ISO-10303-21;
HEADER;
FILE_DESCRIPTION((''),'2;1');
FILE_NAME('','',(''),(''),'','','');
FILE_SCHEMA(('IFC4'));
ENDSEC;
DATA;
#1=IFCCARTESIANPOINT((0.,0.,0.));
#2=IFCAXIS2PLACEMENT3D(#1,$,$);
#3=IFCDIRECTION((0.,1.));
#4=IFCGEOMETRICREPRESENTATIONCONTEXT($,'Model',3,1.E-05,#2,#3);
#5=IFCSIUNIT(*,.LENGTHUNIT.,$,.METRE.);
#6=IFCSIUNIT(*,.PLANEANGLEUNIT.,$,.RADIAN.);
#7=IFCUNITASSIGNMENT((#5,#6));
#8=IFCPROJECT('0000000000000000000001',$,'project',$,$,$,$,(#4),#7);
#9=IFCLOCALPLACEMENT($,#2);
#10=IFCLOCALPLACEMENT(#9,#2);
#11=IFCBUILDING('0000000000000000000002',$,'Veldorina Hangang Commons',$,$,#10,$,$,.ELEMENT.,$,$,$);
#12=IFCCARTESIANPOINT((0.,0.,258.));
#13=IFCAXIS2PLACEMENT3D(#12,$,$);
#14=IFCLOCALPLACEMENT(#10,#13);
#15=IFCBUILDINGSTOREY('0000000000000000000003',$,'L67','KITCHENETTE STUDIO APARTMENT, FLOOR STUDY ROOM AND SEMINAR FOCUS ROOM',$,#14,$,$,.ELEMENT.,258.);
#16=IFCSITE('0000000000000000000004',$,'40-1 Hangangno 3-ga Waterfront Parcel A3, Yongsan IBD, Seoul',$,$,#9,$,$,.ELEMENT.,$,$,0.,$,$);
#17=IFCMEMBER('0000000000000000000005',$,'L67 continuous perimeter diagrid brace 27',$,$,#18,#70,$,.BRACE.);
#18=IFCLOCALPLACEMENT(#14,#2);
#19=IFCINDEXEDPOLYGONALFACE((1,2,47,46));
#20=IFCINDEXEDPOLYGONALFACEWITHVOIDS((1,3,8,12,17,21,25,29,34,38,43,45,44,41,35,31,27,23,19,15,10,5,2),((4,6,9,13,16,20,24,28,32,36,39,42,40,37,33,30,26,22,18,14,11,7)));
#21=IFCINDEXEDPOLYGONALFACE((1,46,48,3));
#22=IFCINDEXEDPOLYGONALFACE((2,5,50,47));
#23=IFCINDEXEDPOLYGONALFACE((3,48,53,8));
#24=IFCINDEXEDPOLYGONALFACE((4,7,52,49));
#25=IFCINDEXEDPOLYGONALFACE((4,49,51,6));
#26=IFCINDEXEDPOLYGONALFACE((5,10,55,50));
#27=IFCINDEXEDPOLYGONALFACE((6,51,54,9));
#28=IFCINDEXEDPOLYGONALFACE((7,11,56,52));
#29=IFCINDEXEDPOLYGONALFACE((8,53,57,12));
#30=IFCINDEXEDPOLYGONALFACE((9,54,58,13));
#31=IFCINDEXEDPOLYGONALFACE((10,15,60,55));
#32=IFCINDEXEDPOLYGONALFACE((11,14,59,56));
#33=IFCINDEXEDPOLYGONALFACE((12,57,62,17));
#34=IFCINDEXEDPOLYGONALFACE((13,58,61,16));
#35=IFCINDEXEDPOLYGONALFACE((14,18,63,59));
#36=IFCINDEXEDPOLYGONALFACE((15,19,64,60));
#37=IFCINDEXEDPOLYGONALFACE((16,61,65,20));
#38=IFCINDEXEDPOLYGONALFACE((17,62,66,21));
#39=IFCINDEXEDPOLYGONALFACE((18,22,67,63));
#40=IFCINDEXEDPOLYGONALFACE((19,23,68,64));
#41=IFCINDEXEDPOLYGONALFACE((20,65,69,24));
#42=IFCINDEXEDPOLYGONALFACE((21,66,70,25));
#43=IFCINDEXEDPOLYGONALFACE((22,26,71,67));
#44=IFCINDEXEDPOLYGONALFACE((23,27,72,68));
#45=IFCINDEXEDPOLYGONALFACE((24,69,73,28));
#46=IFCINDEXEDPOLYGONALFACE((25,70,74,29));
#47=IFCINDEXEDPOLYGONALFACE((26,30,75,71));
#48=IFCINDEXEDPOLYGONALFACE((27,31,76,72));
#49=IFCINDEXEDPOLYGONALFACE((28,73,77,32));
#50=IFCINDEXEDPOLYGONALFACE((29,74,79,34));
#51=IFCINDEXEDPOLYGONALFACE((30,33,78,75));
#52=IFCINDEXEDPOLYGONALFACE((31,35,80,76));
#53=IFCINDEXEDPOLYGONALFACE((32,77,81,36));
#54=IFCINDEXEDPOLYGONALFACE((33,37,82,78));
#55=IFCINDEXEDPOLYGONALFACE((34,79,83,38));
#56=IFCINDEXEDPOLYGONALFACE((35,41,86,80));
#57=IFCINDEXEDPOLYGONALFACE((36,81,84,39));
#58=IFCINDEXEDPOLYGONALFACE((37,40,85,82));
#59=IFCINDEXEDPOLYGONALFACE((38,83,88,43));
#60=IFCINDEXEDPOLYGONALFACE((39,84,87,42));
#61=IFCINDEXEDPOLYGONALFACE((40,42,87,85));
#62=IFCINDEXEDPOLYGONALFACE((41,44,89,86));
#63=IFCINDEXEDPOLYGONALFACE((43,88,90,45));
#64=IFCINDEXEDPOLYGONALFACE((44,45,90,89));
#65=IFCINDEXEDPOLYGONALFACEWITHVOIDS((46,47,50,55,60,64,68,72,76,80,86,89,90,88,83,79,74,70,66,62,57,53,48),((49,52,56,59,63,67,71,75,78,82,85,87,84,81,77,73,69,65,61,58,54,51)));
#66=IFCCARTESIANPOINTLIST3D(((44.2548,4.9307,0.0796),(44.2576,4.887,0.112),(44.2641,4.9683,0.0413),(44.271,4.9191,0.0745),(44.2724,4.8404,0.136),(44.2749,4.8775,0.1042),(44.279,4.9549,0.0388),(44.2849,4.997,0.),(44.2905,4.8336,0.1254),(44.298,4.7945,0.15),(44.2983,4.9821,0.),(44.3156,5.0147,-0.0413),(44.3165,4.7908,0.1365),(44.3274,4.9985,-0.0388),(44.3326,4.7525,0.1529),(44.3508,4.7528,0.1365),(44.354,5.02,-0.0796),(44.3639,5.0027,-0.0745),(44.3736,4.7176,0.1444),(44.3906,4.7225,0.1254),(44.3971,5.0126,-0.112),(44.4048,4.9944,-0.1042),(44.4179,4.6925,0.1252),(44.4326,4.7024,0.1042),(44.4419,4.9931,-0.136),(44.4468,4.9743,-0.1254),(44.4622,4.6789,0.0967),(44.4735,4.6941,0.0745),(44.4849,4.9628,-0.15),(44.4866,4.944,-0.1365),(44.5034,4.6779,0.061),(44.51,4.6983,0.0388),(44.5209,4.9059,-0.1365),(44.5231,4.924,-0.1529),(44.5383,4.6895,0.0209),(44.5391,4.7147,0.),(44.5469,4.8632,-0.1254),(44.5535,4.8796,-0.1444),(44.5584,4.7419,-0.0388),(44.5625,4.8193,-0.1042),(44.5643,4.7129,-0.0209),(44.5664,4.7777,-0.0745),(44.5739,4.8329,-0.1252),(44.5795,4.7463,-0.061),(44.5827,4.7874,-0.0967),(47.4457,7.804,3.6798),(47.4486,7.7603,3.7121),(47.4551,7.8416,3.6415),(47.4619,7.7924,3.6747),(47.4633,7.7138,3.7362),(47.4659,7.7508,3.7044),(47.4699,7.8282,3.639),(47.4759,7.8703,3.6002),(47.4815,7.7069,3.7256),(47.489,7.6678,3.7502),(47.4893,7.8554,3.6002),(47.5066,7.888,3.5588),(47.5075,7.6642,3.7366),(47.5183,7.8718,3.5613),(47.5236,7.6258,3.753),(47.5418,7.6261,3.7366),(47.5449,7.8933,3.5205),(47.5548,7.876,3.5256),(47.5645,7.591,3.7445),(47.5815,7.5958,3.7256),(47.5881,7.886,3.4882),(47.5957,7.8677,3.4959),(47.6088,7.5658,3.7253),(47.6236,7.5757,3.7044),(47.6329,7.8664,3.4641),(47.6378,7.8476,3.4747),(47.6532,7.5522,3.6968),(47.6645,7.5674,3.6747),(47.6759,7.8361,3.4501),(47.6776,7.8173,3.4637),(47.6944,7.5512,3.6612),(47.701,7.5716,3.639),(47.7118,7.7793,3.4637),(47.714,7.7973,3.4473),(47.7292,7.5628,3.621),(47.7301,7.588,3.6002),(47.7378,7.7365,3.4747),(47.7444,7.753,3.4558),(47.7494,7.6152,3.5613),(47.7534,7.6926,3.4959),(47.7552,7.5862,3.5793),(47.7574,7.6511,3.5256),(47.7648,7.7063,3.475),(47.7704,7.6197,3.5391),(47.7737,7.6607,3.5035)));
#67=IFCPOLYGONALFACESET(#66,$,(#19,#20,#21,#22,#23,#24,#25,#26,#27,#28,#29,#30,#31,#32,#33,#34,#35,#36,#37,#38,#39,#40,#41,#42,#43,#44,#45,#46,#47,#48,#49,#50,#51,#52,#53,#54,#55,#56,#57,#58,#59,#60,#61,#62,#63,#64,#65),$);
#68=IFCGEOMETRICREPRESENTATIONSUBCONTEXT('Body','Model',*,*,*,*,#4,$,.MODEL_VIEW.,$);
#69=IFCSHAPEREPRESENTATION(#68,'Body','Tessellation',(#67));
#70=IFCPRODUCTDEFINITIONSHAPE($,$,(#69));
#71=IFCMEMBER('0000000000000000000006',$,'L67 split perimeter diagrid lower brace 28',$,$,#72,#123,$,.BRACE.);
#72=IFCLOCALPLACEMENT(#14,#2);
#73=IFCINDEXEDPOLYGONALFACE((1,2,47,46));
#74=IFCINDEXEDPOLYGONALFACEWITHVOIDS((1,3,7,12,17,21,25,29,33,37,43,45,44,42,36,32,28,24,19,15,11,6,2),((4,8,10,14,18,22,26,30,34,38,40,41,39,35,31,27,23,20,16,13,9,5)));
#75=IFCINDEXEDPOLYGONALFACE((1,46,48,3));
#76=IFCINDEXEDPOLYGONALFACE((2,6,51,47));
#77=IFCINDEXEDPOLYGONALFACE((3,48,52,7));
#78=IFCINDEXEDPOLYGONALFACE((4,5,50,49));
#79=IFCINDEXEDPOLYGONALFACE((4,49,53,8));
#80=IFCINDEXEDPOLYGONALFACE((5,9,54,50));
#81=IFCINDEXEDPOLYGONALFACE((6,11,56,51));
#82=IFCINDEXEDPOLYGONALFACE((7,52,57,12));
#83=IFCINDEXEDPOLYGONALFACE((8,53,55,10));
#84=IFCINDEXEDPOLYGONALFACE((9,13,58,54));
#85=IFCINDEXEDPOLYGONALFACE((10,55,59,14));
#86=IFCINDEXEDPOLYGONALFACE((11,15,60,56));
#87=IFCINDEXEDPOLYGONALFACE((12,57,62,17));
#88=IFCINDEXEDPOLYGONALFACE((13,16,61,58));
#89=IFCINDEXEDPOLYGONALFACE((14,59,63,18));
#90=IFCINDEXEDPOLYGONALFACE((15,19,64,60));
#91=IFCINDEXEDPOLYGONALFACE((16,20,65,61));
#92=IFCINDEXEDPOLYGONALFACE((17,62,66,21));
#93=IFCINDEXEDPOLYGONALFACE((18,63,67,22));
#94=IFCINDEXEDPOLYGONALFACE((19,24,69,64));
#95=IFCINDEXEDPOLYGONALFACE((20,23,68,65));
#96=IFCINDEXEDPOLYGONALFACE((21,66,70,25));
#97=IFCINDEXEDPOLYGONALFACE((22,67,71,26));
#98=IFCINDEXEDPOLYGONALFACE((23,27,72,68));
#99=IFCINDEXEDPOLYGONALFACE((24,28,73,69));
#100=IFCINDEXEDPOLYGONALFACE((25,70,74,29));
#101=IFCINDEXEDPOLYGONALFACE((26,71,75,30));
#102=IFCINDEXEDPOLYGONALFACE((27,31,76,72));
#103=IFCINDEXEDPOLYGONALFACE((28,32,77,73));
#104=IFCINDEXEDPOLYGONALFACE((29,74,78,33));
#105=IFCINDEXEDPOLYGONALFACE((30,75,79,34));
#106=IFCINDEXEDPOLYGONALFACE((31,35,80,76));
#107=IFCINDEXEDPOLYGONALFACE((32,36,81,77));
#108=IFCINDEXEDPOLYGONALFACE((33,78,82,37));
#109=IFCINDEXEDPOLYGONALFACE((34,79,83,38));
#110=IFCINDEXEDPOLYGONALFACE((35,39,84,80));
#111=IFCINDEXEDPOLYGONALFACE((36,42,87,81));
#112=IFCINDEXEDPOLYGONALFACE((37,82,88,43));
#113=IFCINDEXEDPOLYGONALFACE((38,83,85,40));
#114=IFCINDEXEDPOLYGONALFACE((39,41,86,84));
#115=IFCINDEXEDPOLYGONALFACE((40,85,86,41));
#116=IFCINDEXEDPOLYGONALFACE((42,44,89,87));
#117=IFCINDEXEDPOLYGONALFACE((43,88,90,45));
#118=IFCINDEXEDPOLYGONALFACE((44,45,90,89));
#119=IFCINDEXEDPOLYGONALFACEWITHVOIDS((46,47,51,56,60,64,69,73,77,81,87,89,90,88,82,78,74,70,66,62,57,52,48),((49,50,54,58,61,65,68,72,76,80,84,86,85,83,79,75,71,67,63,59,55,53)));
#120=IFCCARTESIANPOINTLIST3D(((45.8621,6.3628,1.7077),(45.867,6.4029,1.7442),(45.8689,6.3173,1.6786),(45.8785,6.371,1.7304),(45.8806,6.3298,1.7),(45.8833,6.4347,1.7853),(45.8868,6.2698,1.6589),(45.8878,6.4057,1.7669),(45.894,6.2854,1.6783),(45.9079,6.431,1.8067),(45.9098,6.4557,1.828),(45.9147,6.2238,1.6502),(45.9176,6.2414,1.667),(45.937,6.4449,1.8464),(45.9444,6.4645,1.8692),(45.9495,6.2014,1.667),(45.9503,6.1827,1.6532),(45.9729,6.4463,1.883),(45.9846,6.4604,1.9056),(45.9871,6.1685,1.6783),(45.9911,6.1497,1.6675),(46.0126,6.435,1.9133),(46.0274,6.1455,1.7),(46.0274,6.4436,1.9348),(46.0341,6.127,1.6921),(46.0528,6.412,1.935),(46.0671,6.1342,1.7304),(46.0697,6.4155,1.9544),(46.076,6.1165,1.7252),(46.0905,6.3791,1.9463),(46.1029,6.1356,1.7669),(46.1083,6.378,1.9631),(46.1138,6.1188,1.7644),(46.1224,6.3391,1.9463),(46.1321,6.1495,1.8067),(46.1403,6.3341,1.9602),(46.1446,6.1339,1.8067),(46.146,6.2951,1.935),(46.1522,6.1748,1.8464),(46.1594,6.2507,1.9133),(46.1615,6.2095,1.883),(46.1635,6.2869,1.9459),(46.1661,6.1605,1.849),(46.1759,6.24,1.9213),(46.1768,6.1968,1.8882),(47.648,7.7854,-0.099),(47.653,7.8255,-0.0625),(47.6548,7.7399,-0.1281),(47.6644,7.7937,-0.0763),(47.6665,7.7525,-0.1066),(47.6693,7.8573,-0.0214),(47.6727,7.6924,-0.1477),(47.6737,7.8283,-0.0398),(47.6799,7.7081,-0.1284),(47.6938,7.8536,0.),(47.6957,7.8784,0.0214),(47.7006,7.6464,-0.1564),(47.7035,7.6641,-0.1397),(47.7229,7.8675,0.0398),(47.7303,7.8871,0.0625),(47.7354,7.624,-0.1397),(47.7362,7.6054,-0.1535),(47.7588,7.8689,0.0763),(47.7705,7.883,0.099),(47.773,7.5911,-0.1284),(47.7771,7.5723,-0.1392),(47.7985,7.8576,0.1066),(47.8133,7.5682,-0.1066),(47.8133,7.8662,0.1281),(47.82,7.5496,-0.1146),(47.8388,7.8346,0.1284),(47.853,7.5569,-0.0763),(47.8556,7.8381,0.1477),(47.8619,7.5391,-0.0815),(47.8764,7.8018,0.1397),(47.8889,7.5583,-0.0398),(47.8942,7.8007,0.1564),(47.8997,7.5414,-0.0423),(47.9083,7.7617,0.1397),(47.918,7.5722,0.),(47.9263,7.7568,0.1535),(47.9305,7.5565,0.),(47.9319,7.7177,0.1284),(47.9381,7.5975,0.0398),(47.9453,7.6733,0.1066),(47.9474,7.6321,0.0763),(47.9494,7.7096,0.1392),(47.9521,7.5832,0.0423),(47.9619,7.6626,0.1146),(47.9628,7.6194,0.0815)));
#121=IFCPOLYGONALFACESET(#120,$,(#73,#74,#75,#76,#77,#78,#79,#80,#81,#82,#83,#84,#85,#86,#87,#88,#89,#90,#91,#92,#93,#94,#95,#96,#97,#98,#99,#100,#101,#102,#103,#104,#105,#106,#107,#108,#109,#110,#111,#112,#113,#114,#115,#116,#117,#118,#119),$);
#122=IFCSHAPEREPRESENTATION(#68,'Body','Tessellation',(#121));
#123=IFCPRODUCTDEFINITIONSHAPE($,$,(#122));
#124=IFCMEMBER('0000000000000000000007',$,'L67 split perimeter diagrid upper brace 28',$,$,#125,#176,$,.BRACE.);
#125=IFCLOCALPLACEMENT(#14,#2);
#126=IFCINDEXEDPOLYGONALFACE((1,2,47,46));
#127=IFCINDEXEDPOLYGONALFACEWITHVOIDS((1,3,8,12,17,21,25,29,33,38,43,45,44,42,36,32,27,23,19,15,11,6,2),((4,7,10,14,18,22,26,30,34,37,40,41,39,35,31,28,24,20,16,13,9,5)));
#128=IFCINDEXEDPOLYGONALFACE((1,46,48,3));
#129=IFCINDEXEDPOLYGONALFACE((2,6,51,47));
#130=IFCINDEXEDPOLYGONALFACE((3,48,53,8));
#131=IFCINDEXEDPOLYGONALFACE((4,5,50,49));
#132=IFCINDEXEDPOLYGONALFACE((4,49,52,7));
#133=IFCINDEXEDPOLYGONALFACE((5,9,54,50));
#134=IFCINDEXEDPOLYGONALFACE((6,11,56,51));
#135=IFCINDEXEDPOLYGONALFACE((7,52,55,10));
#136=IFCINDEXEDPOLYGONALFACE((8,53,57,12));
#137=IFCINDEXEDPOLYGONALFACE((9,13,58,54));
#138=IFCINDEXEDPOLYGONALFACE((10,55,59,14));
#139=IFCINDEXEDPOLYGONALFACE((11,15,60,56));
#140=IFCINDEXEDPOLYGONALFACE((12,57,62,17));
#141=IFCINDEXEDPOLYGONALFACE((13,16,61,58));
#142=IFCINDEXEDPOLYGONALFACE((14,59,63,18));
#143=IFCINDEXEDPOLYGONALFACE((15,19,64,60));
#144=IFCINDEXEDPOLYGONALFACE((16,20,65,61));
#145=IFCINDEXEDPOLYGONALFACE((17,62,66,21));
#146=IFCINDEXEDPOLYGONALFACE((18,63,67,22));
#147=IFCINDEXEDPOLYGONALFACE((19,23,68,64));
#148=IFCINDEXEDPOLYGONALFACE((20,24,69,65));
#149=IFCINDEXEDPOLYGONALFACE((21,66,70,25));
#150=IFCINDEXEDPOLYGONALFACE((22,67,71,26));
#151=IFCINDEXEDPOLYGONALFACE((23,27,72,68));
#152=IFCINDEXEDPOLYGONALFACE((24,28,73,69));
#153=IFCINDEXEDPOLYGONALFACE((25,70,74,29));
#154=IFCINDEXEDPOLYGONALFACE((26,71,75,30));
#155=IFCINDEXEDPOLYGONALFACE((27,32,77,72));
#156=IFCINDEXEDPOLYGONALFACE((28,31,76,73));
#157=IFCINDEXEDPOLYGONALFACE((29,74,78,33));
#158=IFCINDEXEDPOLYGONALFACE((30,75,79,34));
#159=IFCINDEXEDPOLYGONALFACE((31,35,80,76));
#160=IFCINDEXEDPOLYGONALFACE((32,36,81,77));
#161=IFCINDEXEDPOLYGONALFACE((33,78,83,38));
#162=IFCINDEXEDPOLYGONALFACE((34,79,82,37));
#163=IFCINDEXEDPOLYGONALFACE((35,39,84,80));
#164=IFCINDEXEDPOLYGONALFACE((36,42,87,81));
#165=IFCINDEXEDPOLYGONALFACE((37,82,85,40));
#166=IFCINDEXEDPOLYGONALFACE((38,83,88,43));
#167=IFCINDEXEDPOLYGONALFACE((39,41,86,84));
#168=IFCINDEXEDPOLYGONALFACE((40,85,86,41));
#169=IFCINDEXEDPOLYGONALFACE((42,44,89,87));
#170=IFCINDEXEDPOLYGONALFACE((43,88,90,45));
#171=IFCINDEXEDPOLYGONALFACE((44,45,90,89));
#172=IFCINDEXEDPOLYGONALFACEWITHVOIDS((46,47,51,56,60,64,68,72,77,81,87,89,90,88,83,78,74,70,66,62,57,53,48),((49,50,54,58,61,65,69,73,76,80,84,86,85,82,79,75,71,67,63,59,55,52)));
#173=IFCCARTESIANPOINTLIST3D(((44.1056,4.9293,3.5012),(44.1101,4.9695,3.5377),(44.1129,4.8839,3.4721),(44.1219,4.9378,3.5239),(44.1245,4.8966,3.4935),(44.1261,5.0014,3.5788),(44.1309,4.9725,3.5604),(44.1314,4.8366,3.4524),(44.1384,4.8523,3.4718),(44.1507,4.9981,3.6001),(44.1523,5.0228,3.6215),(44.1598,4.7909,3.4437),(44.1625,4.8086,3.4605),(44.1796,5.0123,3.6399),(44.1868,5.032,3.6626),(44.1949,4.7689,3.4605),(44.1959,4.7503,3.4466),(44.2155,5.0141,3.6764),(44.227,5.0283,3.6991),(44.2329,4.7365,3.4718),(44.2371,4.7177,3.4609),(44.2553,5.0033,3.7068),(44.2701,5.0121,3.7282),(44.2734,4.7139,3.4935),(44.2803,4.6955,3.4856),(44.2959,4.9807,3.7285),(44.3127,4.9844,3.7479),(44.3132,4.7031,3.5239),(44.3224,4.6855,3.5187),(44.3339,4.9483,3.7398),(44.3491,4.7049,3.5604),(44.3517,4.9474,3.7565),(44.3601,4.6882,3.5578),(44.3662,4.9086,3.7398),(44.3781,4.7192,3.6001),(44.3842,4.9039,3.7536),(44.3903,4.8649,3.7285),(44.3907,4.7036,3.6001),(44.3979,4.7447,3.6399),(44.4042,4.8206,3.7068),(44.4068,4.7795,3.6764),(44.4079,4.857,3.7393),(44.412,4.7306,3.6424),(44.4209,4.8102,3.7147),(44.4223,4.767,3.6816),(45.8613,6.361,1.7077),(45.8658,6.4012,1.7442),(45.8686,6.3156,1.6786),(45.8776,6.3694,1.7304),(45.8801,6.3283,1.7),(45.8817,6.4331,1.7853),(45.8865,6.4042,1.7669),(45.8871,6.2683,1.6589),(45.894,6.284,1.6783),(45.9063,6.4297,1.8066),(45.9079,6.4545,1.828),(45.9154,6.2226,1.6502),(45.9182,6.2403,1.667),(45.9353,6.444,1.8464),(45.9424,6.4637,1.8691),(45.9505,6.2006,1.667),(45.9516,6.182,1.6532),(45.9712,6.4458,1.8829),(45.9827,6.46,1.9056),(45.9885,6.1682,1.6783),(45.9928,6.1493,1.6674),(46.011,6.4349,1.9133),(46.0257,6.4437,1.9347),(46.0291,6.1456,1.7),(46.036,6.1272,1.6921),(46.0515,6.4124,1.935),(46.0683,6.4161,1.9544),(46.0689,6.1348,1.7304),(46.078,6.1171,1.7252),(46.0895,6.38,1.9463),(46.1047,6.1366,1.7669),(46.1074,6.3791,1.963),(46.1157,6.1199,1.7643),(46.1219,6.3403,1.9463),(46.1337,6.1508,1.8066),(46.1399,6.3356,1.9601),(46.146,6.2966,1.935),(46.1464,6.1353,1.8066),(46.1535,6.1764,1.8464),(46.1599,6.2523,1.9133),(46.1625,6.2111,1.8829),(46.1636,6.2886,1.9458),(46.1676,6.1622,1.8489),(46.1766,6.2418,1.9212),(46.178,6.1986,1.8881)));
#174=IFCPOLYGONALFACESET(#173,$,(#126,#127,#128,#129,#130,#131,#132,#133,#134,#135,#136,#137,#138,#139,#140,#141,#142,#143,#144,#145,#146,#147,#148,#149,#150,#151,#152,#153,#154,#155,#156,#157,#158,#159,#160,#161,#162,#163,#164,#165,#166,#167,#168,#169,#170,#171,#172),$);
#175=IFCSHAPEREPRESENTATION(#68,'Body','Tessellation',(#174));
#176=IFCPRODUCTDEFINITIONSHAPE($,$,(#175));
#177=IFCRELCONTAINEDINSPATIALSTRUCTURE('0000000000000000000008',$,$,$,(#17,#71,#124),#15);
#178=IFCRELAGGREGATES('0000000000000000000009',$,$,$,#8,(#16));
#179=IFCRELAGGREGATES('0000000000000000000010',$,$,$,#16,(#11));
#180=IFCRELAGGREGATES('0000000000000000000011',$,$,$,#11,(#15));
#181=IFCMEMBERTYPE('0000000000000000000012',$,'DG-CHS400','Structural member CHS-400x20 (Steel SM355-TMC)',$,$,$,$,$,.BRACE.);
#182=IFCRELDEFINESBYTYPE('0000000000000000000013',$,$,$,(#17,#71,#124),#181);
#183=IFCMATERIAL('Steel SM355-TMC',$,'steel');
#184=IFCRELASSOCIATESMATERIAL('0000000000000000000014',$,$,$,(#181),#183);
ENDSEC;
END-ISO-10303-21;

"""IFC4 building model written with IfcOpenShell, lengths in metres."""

from ifc_helpers import new_model, si_unit, direction, frame, origin, origin_2d, place, context, subcontext, project, spatial, hollow_circle, extrude, material, material_profile, profile_set, type_object, element, save


model = new_model("IFC4")

# Units and contexts
model_context = context("Model", 3, precision=1e-05, world=origin(), true_north=direction((0.0, 1.0)))
body_context = subcontext(model_context, "Body", "Model", "MODEL_VIEW")
ifc_project = project(units=[si_unit("LENGTHUNIT", "METRE"), si_unit("PLANEANGLEUNIT", "RADIAN")], contexts=[model_context])

# Site, building, storey
site_placement = place(None, origin())
site = spatial("IfcSite", under=ifc_project, at=site_placement, Name="40-1 Hangangno 3-ga Waterfront Parcel A3, Yongsan IBD, Seoul", CompositionType="ELEMENT", RefElevation=0.0)
building_placement = place(site_placement, origin())
building = spatial("IfcBuilding", under=site, at=building_placement, Name="Veldorina Hangang Commons", CompositionType="ELEMENT")
storey_placement = place(building_placement, frame((0.0, 0.0, 258.0)))
storey = spatial("IfcBuildingStorey", under=building, at=storey_placement, Name="L67", Description="KITCHENETTE STUDIO APARTMENT, FLOOR STUDY ROOM AND SEMINAR FOCUS ROOM", CompositionType="ELEMENT", Elevation=258.0)

# Shared definitions
ifc_material_1 = material(Name="Steel SM355-TMC", Category="steel")

# Members
ifc_material_profile_1 = material_profile(ifc_material_1, hollow_circle(Radius=0.2, WallThickness=0.02, at=origin_2d()), Name="CHS-400x20")
ifc_profile_set_1 = profile_set([ifc_material_profile_1], Name="Steel SM355-TMC")
member_type_1 = type_object("IfcMemberType", Name="DG-CHS400", Description="Structural member CHS-400x20 (Steel SM355-TMC)", PredefinedType="BRACE", material=ifc_profile_set_1)
member_1_placement = place(storey_placement, frame((44.4187, 4.8484, 0.0), z_axis=(0.569458, 0.512773, 0.642481), x_axis=(-0.669153, 0.743124, 0.0)))
element("IfcMember", 1, at=member_1_placement, inside=storey, type_object=member_type_1, Name="L67 continuous perimeter diagrid brace 27", PredefinedType="BRACE", context=body_context, shape_type="SweptSolid", body=[
    extrude(hollow_circle(Radius=0.2, WallThickness=0.02, at=origin_2d()), origin(), (0.0, 0.0, 1.0), 5.6035),
])
member_2_placement = place(storey_placement, frame((47.8059, 7.7129, 0.0), z_axis=(-0.613379, -0.488607, 0.620507), x_axis=(0.623064, -0.782171, 0.0)))
element("IfcMember", 2, at=member_2_placement, inside=storey, type_object=member_type_1, Name="L67 split perimeter diagrid lower brace 28", PredefinedType="BRACE", context=body_context, shape_type="SweptSolid", body=[
    extrude(hollow_circle(Radius=0.2, WallThickness=0.02, at=origin_2d()), origin(), (0.0, 0.0, 1.0), 2.9116),
])
member_3_placement = place(storey_placement, frame((46.02, 6.2903, 1.8066), z_axis=(-0.607619, -0.495491, 0.620716), x_axis=(0.631975, -0.774989, 0.0)))
element("IfcMember", 3, at=member_3_placement, inside=storey, type_object=member_type_1, Name="L67 split perimeter diagrid upper brace 28", PredefinedType="BRACE", context=body_context, shape_type="SweptSolid", body=[
    extrude(hollow_circle(Radius=0.2, WallThickness=0.02, at=origin_2d()), origin(), (0.0, 0.0, 1.0), 2.8894),
])

save(model, "model.ifc")
